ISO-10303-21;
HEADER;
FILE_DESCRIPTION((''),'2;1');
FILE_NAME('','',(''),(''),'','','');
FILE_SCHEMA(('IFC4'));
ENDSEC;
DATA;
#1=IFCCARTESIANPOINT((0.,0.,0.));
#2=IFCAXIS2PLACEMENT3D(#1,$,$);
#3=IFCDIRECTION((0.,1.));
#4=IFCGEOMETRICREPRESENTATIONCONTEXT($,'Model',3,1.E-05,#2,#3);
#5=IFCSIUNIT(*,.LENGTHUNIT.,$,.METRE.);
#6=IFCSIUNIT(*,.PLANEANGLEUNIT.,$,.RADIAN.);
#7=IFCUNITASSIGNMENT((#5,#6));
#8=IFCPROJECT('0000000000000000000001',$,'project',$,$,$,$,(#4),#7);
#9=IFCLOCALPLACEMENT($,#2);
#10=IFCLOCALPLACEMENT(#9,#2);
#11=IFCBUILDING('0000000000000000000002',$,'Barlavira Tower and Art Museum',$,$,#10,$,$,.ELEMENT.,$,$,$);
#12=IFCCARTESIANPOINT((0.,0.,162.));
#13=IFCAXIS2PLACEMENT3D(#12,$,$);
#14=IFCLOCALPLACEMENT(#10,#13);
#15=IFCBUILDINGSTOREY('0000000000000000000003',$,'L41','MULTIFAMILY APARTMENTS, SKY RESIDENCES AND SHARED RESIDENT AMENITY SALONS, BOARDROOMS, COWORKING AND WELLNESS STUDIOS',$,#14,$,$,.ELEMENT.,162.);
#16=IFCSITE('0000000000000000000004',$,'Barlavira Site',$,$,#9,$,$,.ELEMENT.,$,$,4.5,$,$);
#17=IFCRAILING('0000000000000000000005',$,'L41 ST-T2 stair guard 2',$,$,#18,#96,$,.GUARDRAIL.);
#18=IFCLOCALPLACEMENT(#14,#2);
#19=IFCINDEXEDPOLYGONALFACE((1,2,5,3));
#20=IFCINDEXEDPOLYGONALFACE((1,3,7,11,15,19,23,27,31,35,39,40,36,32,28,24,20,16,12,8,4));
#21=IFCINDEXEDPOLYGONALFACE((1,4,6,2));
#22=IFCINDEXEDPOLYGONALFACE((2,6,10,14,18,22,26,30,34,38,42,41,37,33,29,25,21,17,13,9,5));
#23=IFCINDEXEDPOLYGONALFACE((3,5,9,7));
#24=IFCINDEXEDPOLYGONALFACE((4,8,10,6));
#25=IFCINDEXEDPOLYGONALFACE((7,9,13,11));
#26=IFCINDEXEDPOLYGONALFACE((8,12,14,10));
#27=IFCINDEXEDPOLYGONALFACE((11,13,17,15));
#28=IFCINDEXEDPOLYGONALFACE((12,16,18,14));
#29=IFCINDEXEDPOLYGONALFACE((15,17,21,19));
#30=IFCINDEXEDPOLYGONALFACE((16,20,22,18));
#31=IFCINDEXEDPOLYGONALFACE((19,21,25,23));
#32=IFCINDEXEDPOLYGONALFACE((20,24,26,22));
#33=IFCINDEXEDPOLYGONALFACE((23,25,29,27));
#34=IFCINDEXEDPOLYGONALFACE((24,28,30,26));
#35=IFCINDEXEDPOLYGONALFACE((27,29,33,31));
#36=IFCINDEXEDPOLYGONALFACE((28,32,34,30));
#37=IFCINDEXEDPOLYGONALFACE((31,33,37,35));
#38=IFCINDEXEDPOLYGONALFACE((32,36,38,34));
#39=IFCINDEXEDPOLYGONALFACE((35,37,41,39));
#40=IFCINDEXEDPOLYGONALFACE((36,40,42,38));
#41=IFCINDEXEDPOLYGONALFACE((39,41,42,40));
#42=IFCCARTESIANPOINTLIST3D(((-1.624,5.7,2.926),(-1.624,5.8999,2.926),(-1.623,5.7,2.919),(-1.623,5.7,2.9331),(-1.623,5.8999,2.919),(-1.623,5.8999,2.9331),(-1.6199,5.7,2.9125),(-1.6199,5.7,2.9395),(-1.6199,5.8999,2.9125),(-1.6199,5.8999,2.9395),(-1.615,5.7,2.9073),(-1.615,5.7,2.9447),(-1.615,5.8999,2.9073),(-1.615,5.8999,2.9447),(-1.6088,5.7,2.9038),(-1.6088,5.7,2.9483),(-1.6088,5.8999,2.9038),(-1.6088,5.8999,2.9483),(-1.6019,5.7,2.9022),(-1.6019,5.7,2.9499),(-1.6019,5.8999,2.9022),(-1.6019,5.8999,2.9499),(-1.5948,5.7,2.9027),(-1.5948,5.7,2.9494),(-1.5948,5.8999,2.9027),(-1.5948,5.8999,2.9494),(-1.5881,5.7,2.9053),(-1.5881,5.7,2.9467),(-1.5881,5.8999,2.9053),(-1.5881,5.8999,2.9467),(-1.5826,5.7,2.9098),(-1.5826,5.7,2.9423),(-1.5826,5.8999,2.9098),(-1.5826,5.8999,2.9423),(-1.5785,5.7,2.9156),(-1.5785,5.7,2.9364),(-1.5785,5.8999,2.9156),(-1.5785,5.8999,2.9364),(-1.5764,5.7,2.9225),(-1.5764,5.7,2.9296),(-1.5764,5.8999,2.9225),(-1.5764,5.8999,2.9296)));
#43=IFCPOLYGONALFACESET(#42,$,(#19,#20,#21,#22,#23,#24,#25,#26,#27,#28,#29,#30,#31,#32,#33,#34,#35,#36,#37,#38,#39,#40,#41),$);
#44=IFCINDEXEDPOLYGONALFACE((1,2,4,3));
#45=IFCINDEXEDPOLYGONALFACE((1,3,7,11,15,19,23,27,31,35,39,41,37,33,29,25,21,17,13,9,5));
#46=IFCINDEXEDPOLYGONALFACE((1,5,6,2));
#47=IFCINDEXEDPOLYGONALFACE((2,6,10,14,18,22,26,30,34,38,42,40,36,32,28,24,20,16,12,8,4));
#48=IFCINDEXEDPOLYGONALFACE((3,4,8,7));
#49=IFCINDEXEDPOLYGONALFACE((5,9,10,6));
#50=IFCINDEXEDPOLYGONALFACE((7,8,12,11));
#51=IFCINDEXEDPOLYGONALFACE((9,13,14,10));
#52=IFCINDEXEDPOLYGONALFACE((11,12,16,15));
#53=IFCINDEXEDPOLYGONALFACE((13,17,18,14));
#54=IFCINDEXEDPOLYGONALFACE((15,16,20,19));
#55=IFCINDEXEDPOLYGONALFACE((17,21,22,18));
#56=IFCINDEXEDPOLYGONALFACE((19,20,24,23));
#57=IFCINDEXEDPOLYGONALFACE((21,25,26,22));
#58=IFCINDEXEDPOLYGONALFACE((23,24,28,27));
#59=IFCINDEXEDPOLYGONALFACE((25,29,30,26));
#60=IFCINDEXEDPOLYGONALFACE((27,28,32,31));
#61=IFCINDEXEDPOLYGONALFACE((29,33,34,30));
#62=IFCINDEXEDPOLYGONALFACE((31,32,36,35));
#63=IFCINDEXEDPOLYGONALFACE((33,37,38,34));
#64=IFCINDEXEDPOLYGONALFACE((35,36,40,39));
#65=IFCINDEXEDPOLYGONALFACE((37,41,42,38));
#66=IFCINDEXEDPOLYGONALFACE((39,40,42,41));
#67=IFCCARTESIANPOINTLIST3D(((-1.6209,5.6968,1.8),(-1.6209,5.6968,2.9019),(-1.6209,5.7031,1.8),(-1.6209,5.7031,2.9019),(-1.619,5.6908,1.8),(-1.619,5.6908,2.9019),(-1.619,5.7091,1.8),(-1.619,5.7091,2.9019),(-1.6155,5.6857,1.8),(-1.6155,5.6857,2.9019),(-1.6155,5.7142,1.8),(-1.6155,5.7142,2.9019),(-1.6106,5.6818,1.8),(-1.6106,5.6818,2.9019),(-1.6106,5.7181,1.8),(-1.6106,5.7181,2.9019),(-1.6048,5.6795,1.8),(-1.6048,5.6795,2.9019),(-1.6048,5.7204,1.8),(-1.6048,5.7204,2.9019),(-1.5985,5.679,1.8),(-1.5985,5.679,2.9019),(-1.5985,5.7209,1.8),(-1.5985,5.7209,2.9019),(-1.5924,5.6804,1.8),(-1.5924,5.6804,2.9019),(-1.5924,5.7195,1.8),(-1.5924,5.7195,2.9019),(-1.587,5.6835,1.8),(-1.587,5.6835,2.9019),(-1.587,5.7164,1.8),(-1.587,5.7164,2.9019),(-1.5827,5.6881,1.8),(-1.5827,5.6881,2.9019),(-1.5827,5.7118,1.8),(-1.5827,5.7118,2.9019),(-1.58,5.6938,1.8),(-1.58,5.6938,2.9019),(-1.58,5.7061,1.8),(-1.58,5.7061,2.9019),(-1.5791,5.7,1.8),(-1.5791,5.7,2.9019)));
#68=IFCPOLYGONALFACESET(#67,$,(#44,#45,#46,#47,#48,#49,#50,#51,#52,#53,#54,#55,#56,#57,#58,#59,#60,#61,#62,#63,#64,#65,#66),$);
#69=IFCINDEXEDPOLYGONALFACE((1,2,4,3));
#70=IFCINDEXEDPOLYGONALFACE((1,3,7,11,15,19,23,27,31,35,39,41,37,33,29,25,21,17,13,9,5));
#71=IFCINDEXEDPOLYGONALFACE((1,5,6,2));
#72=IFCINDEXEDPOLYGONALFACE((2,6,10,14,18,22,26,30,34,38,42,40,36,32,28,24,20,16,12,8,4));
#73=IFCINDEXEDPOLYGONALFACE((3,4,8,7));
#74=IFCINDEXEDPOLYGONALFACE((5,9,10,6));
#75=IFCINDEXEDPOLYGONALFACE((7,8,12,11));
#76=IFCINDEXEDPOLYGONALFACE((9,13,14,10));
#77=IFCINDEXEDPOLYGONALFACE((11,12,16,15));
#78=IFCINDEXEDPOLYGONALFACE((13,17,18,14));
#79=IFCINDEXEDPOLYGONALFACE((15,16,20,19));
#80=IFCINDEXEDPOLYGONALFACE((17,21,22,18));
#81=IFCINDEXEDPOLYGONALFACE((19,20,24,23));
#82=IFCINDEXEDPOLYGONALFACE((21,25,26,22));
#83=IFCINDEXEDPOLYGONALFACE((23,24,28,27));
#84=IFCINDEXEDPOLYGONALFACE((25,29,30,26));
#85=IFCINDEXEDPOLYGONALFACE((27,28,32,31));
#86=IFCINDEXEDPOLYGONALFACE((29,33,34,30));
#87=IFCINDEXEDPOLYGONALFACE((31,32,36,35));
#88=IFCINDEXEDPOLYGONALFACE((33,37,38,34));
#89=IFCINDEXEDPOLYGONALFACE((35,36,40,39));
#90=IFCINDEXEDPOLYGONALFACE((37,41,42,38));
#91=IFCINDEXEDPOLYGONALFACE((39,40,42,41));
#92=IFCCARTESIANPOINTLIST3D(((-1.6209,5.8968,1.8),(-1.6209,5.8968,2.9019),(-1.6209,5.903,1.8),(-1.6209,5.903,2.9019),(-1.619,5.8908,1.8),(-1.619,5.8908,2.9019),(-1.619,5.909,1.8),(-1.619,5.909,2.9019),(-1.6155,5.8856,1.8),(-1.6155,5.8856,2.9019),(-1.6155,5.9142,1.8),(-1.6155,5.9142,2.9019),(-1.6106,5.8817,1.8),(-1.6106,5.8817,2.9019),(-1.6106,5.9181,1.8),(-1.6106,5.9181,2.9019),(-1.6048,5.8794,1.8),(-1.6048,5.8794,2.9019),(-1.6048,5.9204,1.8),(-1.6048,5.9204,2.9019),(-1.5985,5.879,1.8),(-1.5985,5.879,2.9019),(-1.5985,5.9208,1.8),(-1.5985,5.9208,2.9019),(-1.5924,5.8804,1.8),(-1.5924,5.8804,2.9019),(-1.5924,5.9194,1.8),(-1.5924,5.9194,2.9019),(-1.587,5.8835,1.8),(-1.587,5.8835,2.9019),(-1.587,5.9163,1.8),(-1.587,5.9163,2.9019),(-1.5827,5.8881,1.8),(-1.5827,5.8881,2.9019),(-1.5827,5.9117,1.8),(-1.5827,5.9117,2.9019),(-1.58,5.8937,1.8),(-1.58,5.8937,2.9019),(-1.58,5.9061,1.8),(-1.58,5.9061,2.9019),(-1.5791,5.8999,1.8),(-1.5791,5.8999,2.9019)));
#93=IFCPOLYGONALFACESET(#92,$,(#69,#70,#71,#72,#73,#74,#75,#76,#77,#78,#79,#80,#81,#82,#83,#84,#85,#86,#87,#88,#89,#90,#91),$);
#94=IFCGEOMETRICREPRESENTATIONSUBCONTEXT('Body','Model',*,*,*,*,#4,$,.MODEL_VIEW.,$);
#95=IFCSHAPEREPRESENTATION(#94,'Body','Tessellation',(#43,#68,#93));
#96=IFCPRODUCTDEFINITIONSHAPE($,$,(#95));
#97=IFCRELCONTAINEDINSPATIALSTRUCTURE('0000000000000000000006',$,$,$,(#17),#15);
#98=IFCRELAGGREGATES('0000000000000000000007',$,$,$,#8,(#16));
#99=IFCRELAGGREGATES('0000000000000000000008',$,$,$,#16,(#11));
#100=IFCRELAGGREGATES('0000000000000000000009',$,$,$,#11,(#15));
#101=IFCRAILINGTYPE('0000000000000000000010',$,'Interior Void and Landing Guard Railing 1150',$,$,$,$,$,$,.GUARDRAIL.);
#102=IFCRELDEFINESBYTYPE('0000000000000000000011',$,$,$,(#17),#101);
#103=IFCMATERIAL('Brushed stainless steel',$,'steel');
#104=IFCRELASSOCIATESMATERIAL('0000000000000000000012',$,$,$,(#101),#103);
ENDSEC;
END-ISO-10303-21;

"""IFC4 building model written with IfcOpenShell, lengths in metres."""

from ifc_helpers import new_model, si_unit, direction, frame, origin, origin_2d, place, context, subcontext, project, spatial, circle, extrude, material, type_object, element, save


model = new_model("IFC4")

# Units and contexts
model_context = context("Model", 3, precision=1e-05, world=origin(), true_north=direction((0.0, 1.0)))
body_context = subcontext(model_context, "Body", "Model", "MODEL_VIEW")
ifc_project = project(units=[si_unit("LENGTHUNIT", "METRE"), si_unit("PLANEANGLEUNIT", "RADIAN")], contexts=[model_context])

# Site, building, storey
site_placement = place(None, origin())
site = spatial("IfcSite", under=ifc_project, at=site_placement, Name="Barlavira Site", CompositionType="ELEMENT", RefElevation=4.5)
building_placement = place(site_placement, origin())
building = spatial("IfcBuilding", under=site, at=building_placement, Name="Barlavira Tower and Art Museum", CompositionType="ELEMENT")
storey_placement = place(building_placement, frame((0.0, 0.0, 162.0)))
storey = spatial("IfcBuildingStorey", under=building, at=storey_placement, Name="L41", Description="MULTIFAMILY APARTMENTS, SKY RESIDENCES AND SHARED RESIDENT AMENITY SALONS, BOARDROOMS, COWORKING AND WELLNESS STUDIOS", CompositionType="ELEMENT", Elevation=162.0)

# Shared definitions
ifc_material_1 = material(Name="Brushed stainless steel", Category="steel")

# Railing
railing_type_1 = type_object("IfcRailingType", Name="Interior Void and Landing Guard Railing 1150", PredefinedType="GUARDRAIL", material=ifc_material_1)
railing_1_placement = place(storey_placement, frame((-1.6001, 5.7, 1.8)))
element("IfcRailing", 1, at=railing_1_placement, inside=storey, type_object=railing_type_1, Name="L41 ST-T2 stair guard 2", PredefinedType="GUARDRAIL", context=body_context, shape_type="SweptSolid", body=[
    extrude(circle(Radius=0.0239, at=origin_2d()), frame((0.0, 0.0, 1.126), z_axis=(0.0, 1.0, 0.0), x_axis=(-1.0, 0.0, 0.0)), (0.0, 0.0, 1.0), 0.2),
    extrude(circle(Radius=0.021, at=origin_2d()), origin(), (0.0, 0.0, 1.0), 1.1018),
    extrude(circle(Radius=0.021, at=origin_2d()), frame((0.0, 0.2, 0.0)), (0.0, 0.0, 1.0), 1.1018),
])

save(model, "model.ifc")
